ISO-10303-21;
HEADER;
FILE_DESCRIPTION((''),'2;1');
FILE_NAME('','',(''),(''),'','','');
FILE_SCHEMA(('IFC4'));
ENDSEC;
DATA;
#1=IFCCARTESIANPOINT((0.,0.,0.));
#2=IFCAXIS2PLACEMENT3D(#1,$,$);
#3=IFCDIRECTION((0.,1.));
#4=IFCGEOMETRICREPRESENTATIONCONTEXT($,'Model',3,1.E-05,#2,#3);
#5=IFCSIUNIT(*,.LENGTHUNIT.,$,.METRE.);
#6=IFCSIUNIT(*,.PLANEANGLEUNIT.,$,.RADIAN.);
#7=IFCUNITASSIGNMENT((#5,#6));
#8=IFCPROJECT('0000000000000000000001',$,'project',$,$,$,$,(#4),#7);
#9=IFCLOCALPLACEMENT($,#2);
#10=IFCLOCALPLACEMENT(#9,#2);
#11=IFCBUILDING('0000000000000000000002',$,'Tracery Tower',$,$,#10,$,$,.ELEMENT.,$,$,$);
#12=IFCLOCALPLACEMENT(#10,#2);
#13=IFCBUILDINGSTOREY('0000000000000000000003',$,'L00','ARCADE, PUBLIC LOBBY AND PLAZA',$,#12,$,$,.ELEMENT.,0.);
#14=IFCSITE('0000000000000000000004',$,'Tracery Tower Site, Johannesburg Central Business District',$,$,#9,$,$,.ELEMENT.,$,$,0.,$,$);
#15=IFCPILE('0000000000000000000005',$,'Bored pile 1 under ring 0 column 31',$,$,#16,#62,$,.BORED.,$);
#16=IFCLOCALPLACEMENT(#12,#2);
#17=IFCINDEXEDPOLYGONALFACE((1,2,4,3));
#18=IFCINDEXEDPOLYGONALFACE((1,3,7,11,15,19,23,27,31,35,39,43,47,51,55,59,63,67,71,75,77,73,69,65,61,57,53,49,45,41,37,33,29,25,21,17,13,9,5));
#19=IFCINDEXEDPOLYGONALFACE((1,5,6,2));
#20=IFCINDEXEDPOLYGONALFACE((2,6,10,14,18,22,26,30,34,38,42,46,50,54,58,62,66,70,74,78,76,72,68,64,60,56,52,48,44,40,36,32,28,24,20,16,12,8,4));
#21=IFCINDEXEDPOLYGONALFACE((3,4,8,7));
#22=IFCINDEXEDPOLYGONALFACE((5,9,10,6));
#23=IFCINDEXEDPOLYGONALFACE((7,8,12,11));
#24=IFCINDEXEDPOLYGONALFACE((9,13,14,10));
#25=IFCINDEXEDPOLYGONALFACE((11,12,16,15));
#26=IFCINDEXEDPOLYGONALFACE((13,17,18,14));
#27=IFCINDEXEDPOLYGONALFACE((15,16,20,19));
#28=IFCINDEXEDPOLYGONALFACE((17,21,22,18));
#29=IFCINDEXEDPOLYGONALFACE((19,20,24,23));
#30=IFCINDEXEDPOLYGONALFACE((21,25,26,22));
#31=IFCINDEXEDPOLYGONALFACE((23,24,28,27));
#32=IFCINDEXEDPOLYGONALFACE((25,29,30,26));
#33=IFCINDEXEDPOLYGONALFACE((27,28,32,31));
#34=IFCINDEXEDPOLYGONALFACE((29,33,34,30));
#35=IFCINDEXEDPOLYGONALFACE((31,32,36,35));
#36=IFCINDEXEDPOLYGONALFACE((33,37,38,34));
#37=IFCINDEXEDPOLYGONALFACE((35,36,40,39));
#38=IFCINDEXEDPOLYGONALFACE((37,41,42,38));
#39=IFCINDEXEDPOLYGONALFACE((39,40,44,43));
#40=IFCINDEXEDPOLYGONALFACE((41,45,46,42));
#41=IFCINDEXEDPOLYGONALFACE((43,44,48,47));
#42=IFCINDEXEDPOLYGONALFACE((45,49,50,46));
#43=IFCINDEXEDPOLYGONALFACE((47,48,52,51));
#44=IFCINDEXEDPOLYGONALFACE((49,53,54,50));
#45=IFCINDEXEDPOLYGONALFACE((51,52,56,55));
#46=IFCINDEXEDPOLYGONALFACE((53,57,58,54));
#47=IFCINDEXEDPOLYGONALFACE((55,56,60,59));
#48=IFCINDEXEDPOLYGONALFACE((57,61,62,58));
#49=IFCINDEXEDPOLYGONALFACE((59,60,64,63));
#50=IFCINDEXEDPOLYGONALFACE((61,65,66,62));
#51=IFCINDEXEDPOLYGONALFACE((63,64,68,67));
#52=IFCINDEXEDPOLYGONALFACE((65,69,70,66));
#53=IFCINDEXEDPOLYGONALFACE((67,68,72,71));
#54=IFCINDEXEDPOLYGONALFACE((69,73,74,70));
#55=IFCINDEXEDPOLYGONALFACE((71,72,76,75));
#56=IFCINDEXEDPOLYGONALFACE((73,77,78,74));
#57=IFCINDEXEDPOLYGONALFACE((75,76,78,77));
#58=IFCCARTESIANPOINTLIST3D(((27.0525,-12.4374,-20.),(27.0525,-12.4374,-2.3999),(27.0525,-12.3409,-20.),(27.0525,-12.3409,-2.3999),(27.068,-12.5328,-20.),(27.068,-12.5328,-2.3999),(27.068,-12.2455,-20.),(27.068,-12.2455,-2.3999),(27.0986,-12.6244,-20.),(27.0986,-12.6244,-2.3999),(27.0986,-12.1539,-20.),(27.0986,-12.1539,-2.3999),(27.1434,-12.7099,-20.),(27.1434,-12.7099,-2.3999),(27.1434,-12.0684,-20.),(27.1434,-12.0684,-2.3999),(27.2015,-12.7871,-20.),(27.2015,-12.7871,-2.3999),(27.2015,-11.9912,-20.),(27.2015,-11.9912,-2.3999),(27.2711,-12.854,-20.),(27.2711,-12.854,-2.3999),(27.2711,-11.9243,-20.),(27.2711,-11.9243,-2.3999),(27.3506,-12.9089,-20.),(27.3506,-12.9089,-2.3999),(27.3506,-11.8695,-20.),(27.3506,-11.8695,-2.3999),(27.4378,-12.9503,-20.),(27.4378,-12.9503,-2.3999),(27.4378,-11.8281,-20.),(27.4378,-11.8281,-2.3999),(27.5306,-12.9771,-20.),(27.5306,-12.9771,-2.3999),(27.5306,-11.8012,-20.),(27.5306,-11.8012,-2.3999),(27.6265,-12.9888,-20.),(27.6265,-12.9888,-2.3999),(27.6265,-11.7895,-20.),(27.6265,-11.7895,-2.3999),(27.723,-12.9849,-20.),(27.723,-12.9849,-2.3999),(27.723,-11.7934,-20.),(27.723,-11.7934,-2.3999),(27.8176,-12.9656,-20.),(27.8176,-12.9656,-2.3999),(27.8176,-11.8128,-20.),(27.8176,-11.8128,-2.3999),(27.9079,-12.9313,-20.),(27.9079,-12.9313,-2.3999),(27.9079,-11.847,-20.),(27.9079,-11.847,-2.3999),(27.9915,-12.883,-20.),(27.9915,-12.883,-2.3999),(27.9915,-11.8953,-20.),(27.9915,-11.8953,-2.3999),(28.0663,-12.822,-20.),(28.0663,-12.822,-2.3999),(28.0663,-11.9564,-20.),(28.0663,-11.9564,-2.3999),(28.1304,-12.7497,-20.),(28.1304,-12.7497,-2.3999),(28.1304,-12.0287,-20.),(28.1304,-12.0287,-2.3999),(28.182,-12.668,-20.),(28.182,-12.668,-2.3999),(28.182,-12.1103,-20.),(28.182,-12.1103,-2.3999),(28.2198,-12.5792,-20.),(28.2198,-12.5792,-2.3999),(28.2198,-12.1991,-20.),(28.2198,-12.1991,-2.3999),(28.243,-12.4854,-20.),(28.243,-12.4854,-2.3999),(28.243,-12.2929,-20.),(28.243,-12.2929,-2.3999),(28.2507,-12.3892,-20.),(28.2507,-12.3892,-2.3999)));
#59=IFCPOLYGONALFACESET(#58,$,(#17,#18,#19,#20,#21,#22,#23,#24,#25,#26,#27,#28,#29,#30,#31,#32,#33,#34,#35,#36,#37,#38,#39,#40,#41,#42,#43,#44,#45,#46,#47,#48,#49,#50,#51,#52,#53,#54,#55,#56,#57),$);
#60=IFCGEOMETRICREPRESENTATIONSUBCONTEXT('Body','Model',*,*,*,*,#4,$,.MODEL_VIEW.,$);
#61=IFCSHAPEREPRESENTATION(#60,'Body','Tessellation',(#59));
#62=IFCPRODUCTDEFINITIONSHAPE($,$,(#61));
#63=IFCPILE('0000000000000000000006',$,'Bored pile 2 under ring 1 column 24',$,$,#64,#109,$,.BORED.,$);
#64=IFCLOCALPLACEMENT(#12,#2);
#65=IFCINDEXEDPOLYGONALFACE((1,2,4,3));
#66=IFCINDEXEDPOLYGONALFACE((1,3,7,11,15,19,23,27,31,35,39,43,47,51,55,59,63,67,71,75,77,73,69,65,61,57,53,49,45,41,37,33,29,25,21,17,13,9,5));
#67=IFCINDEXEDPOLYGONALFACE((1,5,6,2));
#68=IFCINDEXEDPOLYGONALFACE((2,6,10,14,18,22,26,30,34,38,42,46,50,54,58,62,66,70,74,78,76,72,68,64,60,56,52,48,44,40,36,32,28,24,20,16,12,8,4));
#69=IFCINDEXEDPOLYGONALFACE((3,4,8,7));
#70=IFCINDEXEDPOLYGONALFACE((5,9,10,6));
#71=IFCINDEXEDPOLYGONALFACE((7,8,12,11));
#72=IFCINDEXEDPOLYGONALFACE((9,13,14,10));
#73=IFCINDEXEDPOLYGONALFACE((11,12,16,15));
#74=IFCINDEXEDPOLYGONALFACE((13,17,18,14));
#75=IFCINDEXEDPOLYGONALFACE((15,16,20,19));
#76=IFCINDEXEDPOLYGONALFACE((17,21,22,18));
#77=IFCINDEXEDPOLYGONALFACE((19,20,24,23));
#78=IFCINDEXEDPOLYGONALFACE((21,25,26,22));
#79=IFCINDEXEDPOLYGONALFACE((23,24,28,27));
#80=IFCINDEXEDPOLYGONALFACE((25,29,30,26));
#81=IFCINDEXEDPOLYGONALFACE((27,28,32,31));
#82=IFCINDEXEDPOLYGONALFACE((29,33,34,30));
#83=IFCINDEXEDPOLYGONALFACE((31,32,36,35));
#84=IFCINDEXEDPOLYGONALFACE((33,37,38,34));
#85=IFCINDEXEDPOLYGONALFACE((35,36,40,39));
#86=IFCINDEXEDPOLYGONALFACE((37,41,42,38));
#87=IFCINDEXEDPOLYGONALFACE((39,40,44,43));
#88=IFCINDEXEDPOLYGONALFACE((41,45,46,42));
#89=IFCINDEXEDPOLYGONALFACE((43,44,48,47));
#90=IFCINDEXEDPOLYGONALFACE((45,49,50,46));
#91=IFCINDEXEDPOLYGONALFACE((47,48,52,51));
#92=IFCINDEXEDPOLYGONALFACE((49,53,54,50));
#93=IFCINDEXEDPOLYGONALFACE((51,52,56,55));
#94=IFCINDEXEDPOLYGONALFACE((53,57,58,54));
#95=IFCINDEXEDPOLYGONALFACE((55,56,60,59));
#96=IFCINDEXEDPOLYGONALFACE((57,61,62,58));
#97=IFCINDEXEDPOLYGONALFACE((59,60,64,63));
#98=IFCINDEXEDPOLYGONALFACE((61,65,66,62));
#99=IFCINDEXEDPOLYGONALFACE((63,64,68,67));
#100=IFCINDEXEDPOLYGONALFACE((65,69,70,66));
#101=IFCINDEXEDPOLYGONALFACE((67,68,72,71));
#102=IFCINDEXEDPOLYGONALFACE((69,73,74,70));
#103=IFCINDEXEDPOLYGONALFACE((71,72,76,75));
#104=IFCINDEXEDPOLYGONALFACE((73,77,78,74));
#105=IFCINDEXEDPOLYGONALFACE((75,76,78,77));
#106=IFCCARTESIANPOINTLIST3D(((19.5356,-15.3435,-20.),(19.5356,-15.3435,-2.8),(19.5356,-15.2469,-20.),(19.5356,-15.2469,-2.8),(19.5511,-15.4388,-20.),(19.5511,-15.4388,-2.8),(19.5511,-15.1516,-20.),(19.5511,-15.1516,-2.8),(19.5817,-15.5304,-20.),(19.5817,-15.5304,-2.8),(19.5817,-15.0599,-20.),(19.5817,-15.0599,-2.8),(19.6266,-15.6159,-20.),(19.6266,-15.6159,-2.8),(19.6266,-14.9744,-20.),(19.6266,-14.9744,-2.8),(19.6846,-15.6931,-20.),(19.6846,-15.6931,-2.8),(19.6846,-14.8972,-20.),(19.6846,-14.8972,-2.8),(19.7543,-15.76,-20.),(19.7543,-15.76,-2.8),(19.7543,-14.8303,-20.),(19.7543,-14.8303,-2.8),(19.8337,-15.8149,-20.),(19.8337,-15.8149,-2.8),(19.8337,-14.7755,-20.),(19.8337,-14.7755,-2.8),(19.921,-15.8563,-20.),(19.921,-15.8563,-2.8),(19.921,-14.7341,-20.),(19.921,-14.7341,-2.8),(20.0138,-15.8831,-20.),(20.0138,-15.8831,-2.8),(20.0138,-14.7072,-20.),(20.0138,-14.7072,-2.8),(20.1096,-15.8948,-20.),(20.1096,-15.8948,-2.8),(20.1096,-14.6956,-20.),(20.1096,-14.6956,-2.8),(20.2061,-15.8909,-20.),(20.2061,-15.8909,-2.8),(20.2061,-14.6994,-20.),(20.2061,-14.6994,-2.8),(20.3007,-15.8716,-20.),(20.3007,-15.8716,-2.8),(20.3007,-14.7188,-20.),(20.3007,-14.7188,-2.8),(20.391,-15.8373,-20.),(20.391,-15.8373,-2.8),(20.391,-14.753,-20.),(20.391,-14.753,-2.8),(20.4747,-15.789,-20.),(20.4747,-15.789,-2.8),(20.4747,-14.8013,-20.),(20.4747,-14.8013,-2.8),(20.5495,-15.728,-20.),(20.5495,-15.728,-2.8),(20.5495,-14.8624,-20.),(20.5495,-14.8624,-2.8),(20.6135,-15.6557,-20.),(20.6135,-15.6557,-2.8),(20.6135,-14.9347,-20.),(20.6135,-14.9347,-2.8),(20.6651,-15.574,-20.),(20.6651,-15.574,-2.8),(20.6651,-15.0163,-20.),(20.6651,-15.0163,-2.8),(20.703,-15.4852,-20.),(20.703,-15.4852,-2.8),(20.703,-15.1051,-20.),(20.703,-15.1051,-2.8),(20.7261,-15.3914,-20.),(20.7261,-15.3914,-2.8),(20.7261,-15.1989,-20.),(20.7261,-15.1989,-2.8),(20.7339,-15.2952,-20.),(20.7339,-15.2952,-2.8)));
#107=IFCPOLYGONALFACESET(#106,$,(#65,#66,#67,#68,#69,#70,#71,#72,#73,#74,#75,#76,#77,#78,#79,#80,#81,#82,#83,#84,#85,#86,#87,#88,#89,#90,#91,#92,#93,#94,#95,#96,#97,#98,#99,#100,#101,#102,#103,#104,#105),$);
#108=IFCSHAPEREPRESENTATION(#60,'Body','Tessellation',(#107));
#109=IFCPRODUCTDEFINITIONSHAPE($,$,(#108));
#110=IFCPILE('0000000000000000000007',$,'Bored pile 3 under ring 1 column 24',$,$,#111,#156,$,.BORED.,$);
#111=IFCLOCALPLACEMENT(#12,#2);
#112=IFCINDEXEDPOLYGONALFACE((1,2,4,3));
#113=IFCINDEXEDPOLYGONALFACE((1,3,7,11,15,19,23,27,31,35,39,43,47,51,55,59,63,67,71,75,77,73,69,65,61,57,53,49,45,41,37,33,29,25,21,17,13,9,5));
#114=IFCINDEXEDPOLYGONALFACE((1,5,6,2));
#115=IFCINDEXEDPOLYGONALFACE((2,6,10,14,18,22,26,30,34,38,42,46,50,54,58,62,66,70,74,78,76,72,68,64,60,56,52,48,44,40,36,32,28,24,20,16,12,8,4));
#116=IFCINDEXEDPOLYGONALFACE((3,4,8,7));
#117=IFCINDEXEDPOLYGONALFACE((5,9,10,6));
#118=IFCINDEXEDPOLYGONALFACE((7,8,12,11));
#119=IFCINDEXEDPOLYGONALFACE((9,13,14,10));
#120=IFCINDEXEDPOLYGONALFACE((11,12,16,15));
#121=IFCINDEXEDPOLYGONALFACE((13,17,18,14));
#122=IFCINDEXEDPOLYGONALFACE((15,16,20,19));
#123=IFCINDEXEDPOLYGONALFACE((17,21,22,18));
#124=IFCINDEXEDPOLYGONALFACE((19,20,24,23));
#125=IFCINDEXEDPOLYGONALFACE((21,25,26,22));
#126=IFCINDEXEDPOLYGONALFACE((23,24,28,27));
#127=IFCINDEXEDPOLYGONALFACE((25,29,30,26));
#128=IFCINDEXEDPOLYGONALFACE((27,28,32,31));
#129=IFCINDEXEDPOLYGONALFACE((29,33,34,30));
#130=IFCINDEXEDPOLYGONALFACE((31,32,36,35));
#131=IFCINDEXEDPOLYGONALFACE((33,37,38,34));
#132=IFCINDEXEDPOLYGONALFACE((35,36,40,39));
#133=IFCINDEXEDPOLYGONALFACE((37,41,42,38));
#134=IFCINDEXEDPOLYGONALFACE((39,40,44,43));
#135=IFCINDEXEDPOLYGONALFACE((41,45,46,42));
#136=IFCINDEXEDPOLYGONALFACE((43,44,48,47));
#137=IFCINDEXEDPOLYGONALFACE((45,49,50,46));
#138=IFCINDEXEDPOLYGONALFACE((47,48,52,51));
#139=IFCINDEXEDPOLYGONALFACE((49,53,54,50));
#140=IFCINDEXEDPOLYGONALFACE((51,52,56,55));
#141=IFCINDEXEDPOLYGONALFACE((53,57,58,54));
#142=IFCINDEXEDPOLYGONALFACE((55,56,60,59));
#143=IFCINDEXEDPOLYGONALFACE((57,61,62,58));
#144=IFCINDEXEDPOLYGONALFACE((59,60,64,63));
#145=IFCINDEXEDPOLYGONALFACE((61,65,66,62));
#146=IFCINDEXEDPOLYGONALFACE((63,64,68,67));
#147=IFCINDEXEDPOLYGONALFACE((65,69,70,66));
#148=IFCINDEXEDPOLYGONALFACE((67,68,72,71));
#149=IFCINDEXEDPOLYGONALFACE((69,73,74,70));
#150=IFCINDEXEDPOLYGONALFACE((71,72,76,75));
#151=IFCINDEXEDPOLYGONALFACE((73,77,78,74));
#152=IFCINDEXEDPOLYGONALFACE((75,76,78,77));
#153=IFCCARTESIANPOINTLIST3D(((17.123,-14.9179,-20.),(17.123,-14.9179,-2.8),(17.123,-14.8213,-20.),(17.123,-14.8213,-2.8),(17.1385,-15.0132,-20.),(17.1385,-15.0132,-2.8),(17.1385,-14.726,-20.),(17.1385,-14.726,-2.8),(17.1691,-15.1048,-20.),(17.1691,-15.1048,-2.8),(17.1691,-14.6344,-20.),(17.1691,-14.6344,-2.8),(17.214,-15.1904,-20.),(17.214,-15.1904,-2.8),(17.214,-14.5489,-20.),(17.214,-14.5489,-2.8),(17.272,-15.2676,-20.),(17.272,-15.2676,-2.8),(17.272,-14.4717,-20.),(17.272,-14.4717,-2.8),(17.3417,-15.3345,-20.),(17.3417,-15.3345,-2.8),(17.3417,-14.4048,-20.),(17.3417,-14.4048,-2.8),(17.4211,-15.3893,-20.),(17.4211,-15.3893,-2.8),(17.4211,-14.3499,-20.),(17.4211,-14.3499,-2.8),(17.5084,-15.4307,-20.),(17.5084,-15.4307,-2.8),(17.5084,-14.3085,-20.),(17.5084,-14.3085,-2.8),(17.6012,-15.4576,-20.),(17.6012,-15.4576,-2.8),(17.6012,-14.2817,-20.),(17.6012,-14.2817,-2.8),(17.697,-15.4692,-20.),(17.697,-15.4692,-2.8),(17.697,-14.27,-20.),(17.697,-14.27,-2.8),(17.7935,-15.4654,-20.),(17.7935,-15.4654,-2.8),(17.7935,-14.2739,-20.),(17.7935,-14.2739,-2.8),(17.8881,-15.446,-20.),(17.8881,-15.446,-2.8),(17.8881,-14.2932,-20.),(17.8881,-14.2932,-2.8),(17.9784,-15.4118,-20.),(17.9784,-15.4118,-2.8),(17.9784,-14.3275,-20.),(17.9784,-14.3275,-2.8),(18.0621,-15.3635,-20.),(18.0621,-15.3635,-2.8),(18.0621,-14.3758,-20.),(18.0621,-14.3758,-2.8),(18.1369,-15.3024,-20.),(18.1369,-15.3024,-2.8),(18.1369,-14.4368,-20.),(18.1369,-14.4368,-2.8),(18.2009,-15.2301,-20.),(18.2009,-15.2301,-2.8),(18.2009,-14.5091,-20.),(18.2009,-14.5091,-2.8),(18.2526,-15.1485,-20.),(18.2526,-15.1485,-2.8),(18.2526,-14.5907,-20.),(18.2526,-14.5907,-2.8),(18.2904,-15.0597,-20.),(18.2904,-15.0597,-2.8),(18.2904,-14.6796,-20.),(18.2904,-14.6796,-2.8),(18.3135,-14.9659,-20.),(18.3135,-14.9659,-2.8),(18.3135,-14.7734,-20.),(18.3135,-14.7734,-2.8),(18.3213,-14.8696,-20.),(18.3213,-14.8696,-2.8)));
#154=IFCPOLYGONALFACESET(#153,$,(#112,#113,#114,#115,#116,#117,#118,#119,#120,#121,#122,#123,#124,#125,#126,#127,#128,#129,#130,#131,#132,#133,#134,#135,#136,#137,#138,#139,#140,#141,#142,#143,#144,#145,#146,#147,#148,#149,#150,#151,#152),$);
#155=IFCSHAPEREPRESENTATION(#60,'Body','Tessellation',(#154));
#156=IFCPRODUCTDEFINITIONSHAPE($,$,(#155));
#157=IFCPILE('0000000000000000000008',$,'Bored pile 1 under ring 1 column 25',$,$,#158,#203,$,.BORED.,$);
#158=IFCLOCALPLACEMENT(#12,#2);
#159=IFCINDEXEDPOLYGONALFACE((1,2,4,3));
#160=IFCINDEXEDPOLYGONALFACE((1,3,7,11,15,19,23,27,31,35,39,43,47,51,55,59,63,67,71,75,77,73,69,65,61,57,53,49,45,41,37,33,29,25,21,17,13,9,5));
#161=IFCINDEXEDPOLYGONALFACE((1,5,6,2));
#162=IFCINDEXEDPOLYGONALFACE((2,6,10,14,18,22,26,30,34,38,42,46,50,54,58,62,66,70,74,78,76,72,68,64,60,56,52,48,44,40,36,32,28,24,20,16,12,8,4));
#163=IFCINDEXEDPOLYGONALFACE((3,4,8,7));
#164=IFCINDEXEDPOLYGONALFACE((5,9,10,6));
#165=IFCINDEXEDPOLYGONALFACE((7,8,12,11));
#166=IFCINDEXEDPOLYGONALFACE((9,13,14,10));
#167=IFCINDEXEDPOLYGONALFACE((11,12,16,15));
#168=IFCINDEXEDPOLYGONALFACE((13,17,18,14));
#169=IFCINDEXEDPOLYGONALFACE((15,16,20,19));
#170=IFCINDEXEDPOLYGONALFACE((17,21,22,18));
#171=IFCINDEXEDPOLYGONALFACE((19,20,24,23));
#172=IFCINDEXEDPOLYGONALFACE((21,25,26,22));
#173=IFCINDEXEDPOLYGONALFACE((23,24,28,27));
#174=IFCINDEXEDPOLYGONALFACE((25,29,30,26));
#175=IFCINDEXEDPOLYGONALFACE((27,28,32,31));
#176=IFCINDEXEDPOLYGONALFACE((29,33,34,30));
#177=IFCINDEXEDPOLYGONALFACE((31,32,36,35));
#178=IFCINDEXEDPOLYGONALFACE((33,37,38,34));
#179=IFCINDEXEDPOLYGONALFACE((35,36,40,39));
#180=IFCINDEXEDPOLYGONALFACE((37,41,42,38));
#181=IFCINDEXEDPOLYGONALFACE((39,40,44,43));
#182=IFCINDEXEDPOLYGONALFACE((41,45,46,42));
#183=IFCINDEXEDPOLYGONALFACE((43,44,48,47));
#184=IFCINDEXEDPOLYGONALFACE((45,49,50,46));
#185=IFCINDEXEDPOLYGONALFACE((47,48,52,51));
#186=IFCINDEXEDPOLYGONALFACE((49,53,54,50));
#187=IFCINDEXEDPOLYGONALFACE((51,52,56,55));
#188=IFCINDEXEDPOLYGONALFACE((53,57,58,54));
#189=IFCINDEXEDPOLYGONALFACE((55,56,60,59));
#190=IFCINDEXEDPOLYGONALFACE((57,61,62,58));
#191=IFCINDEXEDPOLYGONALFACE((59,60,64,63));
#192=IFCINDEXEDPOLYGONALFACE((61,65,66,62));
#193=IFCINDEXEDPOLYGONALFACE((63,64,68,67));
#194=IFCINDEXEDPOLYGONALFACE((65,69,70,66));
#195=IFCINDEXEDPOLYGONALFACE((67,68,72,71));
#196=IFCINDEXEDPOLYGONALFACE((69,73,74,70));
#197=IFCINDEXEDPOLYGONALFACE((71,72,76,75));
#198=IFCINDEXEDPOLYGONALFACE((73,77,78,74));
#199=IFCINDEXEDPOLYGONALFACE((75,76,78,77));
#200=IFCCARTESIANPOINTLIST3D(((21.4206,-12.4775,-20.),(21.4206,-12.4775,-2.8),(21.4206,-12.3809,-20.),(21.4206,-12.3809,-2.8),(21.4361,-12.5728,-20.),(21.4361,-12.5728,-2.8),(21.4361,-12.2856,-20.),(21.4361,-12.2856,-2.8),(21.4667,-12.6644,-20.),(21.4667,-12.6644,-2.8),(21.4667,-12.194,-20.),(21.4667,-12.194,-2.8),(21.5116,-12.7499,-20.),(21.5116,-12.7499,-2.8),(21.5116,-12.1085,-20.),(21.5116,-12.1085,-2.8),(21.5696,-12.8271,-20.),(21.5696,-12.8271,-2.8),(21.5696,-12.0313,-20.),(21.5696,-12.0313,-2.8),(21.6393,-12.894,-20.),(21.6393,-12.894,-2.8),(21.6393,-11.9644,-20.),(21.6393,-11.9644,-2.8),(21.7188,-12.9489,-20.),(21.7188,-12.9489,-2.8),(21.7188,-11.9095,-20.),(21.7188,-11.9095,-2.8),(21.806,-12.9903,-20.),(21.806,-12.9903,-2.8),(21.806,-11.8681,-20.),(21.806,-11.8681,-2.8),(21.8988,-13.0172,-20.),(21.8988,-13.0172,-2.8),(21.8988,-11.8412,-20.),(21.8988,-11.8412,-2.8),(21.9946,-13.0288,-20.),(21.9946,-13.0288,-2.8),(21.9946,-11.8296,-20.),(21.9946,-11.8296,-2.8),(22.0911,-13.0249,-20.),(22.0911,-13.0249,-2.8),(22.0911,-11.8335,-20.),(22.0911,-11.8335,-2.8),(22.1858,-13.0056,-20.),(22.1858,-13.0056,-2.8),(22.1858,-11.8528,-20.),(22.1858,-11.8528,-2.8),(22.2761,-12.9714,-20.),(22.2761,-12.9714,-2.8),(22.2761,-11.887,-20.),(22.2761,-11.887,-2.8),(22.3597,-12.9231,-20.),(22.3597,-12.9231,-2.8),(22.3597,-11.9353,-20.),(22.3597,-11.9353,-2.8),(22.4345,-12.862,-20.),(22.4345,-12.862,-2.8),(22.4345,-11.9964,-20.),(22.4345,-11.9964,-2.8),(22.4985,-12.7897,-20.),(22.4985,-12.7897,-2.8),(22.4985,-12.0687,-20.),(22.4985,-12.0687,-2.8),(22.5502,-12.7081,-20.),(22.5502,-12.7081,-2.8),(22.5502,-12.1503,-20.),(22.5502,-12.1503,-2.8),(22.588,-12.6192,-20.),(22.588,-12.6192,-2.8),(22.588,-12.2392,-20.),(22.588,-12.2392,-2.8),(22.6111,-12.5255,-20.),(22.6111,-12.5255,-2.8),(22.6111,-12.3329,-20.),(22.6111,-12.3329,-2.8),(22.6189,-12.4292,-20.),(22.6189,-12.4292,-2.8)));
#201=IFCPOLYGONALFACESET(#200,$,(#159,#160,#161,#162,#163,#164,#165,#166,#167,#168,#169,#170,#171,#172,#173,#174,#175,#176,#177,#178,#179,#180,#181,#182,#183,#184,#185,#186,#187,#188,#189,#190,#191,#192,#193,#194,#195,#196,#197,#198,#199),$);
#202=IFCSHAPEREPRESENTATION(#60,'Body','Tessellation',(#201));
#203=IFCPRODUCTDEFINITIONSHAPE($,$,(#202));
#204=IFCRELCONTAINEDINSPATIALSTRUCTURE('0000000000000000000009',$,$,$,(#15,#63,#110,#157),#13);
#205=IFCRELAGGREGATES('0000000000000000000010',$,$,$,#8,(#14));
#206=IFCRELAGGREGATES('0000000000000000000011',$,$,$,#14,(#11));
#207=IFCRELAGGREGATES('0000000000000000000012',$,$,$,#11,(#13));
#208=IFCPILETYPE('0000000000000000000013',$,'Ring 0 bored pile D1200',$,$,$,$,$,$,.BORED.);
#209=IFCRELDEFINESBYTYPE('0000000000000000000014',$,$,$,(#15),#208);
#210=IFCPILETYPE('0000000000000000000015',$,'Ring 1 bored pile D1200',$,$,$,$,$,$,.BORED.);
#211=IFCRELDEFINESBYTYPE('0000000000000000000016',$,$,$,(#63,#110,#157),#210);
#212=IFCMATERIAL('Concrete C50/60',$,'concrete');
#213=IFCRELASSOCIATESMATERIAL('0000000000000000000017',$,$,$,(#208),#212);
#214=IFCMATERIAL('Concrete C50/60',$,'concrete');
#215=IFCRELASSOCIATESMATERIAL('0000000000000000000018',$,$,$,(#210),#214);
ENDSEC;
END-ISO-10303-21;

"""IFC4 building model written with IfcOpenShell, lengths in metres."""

from ifc_helpers import new_model, si_unit, direction, frame, origin, origin_2d, place, context, subcontext, project, spatial, circle, extrude, material, material_profile, profile_set, type_object, element, save


model = new_model("IFC4")

# Units and contexts
model_context = context("Model", 3, precision=1e-05, world=origin(), true_north=direction((0.0, 1.0)))
body_context = subcontext(model_context, "Body", "Model", "MODEL_VIEW")
ifc_project = project(units=[si_unit("LENGTHUNIT", "METRE"), si_unit("PLANEANGLEUNIT", "RADIAN")], contexts=[model_context])

# Site, building, storey
site_placement = place(None, origin())
site = spatial("IfcSite", under=ifc_project, at=site_placement, Name="Tracery Tower Site, Johannesburg Central Business District", CompositionType="ELEMENT", RefElevation=0.0)
building_placement = place(site_placement, origin())
building = spatial("IfcBuilding", under=site, at=building_placement, Name="Tracery Tower", CompositionType="ELEMENT")
storey_placement = place(building_placement, origin())
storey = spatial("IfcBuildingStorey", under=building, at=storey_placement, Name="L00", Description="ARCADE, PUBLIC LOBBY AND PLAZA", CompositionType="ELEMENT", Elevation=0.0)

# Piles
ifc_material_1 = material(Name="Concrete C50/60", Category="concrete")
ifc_material_profile_1 = material_profile(ifc_material_1, circle(Radius=0.6001, at=origin_2d()), Name="RC D1200")
ifc_profile_set_1 = profile_set([ifc_material_profile_1], Name="Concrete C50/60")
pile_type_1 = type_object("IfcPileType", Name="Ring 0 bored pile D1200", PredefinedType="BORED", material=ifc_profile_set_1)
pile_placement = place(storey_placement, frame((27.6506, -12.3892, -2.3999), z_axis=(0.0, 0.0, -1.0), x_axis=(1.0, 0.0, 0.0)))
element("IfcPile", 1, at=pile_placement, inside=storey, type_object=pile_type_1, Name="Bored pile 1 under ring 0 column 31", PredefinedType="BORED", context=body_context, shape_type="SweptSolid", body=[
    extrude(circle(Radius=0.6001, at=origin_2d()), origin(), (0.0, 0.0, 1.0), 17.6001),
])
ifc_material_2 = material(Name="Concrete C50/60", Category="concrete")
ifc_material_profile_2 = material_profile(ifc_material_2, circle(Radius=0.6001, at=origin_2d()), Name="RC D1200")
ifc_profile_set_2 = profile_set([ifc_material_profile_2], Name="Concrete C50/60")
pile_type_2 = type_object("IfcPileType", Name="Ring 1 bored pile D1200", PredefinedType="BORED", material=ifc_profile_set_2)
for number, where, z_axis, x_axis, name in (
    (2, (20.1338, -15.2952, -2.8), (0.0, 0.0, -1.0), (1.0, 0.0, 0.0), "Bored pile 2 under ring 1 column 24"),
    (3, (17.7212, -14.8696, -2.8), (0.0, 0.0, -1.0), (1.0, 0.0, 0.0), "Bored pile 3 under ring 1 column 24"),
    (4, (22.0188, -12.4292, -2.8), (0.0, 0.0, -1.0), (1.0, 0.0, 0.0), "Bored pile 1 under ring 1 column 25"),
):
    element("IfcPile", number, at=place(storey_placement, frame(where, z_axis=z_axis, x_axis=x_axis)), inside=storey, type_object=pile_type_2, Name=name, PredefinedType="BORED", context=body_context, shape_type="SweptSolid", body=[
        extrude(circle(Radius=0.6001, at=origin_2d()), origin(), (0.0, 0.0, 1.0), 17.2),
    ])

save(model, "model.ifc")
